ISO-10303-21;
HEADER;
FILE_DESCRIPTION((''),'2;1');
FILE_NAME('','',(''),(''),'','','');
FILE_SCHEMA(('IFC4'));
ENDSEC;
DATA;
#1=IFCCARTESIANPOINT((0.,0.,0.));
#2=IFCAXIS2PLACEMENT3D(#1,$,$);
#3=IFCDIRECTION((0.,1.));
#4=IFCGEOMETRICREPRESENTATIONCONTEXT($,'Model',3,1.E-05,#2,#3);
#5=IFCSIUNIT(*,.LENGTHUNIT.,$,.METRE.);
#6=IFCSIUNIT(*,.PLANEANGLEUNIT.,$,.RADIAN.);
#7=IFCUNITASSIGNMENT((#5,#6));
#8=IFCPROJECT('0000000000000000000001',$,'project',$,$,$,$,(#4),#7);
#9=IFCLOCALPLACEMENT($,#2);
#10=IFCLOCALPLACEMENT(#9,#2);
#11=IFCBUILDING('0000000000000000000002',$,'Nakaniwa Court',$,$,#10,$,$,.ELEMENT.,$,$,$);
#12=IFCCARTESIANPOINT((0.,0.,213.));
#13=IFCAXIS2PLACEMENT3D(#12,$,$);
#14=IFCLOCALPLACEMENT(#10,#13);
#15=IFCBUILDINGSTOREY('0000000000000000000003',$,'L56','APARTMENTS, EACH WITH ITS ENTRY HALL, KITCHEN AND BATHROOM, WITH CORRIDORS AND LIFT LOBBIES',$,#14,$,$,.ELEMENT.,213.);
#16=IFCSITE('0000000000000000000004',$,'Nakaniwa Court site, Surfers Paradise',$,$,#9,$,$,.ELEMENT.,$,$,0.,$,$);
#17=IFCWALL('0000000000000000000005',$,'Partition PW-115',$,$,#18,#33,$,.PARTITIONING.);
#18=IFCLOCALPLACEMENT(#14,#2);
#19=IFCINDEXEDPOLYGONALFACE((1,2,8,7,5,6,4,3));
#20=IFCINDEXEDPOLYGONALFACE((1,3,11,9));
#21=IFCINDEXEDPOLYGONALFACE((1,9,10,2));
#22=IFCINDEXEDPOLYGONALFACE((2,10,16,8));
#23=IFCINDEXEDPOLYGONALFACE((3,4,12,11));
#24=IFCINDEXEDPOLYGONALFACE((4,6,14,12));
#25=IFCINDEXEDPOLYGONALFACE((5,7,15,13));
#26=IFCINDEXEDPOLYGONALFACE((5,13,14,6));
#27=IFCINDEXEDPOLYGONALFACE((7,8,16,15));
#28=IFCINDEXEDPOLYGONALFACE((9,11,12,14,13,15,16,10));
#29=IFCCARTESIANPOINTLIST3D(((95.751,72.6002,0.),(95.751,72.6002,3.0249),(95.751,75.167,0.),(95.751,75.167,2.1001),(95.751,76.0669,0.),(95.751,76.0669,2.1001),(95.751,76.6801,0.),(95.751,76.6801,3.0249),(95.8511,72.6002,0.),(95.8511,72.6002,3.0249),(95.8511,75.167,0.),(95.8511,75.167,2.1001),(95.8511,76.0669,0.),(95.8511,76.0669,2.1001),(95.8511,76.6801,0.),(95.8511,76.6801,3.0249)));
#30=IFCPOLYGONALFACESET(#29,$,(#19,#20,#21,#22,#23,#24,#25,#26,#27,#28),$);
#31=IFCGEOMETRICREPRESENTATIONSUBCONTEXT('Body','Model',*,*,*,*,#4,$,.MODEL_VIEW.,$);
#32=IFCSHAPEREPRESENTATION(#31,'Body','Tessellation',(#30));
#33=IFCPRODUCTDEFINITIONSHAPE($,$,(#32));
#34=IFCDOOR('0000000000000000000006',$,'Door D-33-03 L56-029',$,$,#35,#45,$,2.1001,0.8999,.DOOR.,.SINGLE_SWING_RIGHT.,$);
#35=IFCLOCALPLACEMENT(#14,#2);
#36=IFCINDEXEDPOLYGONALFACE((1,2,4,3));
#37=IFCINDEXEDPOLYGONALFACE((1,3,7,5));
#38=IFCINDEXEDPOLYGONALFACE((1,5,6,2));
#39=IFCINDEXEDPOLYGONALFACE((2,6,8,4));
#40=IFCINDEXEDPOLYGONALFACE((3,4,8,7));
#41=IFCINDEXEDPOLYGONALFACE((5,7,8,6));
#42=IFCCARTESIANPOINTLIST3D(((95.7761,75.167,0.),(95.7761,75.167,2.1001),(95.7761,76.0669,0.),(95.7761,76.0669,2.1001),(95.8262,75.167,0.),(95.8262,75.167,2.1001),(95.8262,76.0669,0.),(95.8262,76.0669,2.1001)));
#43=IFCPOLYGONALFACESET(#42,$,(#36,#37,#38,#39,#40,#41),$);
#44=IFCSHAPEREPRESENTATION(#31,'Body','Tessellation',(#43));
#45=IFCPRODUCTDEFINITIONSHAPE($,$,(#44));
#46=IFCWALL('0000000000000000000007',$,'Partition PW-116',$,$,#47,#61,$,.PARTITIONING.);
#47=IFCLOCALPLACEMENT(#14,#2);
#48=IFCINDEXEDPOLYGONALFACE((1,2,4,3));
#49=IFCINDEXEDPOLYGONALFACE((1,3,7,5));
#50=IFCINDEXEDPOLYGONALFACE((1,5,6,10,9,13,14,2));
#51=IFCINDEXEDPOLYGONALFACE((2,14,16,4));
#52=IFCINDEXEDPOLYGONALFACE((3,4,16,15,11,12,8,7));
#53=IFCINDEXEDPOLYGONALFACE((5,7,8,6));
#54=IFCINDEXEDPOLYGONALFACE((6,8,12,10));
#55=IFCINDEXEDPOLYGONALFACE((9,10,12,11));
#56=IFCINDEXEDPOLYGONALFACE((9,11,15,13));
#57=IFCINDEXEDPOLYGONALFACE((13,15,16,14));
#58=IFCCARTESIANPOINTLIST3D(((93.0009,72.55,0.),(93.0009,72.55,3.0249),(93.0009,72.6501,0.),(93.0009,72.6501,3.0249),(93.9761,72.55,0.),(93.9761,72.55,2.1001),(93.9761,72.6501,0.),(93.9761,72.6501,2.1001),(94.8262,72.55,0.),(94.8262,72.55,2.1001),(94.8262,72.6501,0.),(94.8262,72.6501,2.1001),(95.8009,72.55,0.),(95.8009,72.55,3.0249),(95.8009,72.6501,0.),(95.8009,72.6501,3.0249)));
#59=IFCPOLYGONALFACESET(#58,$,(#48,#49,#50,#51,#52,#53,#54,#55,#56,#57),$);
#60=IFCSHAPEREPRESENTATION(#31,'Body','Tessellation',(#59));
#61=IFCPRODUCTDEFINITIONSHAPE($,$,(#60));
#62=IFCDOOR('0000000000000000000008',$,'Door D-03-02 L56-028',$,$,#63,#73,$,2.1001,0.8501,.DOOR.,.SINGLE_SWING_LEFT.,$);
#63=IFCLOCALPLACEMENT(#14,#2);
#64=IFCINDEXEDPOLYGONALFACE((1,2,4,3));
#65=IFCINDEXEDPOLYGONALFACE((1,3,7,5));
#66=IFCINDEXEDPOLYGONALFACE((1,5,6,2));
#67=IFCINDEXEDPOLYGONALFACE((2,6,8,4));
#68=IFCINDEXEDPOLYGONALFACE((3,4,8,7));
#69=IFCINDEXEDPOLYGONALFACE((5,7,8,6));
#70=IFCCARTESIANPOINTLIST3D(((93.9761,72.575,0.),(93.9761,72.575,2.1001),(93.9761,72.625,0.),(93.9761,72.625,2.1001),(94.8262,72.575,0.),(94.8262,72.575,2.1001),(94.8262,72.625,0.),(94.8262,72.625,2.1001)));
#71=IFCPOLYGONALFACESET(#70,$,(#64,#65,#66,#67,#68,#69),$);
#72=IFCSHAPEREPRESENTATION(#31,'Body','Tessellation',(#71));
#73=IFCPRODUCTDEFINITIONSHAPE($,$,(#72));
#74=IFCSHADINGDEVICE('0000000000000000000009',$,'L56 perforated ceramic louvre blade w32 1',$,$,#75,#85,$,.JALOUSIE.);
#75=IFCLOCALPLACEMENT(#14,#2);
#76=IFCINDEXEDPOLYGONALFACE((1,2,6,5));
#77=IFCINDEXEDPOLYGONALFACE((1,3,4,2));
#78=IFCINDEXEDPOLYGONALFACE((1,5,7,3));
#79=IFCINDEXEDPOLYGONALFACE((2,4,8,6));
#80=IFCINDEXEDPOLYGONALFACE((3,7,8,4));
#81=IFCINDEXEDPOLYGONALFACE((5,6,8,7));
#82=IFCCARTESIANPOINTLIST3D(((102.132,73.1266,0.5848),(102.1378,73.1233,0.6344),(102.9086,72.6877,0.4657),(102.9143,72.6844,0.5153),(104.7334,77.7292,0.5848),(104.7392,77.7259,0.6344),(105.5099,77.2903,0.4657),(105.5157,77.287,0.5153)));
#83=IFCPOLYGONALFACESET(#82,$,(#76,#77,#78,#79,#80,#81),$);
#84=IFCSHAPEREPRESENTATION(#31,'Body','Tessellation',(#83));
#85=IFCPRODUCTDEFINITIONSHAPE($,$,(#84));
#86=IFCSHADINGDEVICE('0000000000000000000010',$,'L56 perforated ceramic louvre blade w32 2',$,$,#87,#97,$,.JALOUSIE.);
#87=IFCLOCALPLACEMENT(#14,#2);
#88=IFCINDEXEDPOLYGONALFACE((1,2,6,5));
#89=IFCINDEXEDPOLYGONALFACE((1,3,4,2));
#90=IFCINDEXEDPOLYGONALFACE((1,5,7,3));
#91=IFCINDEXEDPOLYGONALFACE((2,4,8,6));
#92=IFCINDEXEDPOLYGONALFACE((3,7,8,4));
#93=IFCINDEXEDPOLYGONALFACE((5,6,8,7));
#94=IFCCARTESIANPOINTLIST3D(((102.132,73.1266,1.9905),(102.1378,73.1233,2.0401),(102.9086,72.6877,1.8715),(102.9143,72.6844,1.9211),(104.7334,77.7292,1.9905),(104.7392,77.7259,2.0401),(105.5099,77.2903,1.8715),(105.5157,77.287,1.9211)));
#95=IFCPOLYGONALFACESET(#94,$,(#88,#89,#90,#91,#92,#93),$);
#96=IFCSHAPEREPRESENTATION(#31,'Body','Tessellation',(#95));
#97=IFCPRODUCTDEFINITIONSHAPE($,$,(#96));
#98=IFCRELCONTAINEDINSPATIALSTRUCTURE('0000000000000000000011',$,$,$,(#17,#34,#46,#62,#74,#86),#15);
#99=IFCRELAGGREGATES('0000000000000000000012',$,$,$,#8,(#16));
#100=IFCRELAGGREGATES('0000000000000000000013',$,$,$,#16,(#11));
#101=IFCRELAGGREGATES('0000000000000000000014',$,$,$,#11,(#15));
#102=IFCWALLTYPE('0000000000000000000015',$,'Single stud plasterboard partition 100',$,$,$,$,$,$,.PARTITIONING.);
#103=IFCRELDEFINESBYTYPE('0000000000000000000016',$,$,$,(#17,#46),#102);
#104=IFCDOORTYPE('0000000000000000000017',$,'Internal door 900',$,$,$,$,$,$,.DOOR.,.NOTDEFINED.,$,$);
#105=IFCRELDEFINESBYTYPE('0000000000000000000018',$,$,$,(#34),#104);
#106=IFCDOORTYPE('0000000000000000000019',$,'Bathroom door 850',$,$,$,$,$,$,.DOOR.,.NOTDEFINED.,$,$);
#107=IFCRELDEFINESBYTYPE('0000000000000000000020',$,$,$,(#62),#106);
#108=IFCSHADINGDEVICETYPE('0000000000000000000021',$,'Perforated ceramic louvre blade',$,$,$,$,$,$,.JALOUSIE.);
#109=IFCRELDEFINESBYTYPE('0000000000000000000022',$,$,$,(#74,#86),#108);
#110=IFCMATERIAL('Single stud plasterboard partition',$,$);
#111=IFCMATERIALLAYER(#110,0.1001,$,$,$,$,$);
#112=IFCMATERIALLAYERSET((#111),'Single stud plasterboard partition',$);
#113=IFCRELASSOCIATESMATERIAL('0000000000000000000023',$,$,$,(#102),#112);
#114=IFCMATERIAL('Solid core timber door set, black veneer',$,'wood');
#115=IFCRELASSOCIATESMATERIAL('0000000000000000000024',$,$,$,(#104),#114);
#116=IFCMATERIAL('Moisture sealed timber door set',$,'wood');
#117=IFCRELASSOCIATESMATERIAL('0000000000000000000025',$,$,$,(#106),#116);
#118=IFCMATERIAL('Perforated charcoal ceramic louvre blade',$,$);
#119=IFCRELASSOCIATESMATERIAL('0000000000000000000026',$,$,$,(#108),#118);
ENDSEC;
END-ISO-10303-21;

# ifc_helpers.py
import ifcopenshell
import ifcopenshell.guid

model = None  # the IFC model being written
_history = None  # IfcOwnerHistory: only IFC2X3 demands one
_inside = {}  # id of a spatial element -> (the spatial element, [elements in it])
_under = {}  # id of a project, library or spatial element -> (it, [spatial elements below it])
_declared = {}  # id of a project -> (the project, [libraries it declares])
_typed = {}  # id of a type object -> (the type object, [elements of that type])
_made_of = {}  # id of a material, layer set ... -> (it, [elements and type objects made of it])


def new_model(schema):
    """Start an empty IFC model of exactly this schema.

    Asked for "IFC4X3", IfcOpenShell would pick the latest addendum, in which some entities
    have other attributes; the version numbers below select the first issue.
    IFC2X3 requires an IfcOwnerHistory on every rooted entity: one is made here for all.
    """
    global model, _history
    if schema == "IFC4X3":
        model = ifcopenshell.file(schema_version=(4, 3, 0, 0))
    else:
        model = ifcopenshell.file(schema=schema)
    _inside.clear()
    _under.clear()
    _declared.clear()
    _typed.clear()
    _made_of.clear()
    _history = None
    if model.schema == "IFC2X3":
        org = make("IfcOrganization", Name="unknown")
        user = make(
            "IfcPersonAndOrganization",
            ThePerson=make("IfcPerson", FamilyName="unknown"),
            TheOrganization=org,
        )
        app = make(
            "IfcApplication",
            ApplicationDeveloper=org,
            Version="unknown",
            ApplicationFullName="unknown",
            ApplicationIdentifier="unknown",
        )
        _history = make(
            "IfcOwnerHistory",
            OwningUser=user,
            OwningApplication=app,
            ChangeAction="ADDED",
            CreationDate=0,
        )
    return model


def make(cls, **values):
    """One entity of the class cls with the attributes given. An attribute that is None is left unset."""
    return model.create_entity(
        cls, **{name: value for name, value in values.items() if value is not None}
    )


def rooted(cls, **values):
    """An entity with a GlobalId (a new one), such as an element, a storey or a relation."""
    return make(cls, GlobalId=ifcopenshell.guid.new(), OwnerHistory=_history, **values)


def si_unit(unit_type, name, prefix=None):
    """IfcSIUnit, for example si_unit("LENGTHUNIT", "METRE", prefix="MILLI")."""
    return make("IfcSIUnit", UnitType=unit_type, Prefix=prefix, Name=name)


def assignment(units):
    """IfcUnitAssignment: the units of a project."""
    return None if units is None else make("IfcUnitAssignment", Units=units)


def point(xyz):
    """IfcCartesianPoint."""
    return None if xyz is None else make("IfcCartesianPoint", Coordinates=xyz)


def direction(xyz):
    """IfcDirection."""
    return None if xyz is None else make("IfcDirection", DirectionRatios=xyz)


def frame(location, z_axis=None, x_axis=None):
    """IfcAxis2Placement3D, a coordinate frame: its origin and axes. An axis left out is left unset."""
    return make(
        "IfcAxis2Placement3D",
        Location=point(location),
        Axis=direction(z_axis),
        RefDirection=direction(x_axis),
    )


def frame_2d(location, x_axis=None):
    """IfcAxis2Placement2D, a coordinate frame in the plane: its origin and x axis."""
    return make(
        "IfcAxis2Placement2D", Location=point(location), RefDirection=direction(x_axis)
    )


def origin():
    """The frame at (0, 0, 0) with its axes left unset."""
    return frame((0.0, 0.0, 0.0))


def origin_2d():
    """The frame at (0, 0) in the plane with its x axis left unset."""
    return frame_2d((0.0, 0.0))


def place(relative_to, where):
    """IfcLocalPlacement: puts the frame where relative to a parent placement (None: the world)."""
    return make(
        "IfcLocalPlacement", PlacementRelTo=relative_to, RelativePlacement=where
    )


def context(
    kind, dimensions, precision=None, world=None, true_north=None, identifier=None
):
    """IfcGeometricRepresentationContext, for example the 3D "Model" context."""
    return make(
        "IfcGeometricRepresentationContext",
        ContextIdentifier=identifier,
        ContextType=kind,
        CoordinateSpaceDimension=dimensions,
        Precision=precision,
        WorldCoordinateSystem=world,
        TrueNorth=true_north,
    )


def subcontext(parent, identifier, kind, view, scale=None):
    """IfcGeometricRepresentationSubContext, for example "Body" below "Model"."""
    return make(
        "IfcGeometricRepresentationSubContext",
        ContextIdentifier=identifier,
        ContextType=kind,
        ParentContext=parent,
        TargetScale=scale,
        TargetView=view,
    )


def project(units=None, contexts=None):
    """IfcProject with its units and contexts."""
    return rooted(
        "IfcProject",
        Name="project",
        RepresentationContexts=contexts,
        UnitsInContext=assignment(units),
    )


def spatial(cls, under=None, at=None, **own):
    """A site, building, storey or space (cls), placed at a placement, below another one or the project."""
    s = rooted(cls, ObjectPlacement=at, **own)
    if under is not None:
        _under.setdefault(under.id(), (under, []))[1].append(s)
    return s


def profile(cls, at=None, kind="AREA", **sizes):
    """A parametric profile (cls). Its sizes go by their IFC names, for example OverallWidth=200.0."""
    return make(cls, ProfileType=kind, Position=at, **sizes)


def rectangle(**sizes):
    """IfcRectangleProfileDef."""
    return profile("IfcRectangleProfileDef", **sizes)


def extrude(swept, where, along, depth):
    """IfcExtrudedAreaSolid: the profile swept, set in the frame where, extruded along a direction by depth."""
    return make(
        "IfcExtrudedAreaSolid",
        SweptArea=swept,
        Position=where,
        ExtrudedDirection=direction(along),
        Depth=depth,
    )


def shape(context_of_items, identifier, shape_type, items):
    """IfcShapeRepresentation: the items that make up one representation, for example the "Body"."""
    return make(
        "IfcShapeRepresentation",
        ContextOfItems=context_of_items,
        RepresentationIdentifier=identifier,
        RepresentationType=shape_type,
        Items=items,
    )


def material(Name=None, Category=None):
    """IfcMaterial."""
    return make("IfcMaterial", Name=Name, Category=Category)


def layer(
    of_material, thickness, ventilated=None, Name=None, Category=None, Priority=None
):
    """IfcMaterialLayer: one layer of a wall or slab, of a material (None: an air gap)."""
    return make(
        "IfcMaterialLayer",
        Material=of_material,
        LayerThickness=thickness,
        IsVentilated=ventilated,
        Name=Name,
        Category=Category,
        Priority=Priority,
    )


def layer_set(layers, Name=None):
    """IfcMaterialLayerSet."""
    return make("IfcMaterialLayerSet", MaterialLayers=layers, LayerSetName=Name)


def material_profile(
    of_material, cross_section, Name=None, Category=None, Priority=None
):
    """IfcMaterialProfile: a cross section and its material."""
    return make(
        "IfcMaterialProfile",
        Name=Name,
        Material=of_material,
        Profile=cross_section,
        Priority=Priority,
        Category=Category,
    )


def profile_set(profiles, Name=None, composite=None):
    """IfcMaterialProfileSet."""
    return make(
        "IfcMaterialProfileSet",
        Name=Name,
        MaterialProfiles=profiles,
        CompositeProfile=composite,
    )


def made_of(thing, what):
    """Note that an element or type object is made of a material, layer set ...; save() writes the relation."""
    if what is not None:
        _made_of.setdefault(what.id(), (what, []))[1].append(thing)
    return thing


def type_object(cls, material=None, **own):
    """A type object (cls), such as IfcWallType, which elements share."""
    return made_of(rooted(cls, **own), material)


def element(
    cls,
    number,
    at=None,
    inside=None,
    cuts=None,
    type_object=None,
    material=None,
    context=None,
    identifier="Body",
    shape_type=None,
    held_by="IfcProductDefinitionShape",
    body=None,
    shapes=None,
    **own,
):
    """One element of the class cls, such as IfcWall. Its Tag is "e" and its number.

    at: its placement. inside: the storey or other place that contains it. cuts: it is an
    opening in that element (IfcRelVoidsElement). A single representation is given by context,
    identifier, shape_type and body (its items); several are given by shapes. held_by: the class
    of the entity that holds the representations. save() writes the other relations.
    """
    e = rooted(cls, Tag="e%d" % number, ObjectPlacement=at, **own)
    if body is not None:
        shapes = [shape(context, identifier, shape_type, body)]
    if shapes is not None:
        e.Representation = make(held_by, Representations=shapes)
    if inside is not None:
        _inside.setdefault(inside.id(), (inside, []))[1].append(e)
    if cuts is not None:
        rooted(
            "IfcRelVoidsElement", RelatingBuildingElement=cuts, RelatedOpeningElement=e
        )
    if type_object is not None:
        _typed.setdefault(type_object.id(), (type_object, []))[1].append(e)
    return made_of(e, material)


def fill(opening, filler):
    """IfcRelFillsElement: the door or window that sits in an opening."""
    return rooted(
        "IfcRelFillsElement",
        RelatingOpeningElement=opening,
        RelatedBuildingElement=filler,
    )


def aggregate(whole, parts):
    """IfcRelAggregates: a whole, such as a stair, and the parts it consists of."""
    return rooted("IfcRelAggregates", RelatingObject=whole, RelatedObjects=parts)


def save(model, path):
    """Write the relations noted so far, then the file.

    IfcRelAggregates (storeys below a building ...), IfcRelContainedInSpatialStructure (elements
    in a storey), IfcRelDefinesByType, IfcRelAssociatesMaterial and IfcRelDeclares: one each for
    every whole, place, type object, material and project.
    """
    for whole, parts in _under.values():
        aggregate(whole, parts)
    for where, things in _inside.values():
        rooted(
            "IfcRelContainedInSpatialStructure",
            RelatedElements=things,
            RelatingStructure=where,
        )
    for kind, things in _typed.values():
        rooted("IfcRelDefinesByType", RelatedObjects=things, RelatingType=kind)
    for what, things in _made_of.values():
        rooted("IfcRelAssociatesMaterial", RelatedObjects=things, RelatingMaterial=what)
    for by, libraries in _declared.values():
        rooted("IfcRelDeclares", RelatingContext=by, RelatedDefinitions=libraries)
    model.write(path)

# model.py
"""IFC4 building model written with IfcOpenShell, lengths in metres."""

from ifc_helpers import new_model, si_unit, direction, frame, frame_2d, origin, origin_2d, place, context, subcontext, project, spatial, rectangle, extrude, material, layer, layer_set, material_profile, profile_set, type_object, element, fill, save


model = new_model("IFC4")

# Units and contexts
model_context = context("Model", 3, precision=1e-05, world=origin(), true_north=direction((0.0, 1.0)))
body_context = subcontext(model_context, "Body", "Model", "MODEL_VIEW")
ifc_project = project(units=[si_unit("LENGTHUNIT", "METRE"), si_unit("PLANEANGLEUNIT", "RADIAN")], contexts=[model_context])

# Site, building, storey
site_placement = place(None, origin())
site = spatial("IfcSite", under=ifc_project, at=site_placement, Name="Nakaniwa Court site, Surfers Paradise", CompositionType="ELEMENT", RefElevation=0.0)
building_placement = place(site_placement, origin())
building = spatial("IfcBuilding", under=site, at=building_placement, Name="Nakaniwa Court", CompositionType="ELEMENT")
storey_placement = place(building_placement, frame((0.0, 0.0, 213.0)))
storey = spatial("IfcBuildingStorey", under=building, at=storey_placement, Name="L56", Description="APARTMENTS, EACH WITH ITS ENTRY HALL, KITCHEN AND BATHROOM, WITH CORRIDORS AND LIFT LOBBIES", CompositionType="ELEMENT", Elevation=213.0)

# Shared definitions
ifc_material_1 = material(Name="Single stud plasterboard partition")
ifc_layer_1 = layer(ifc_material_1, 0.1001)
ifc_layer_set_1 = layer_set([ifc_layer_1], Name="Single stud plasterboard partition")
wall_type_1 = type_object("IfcWallType", Name="Single stud plasterboard partition 100", PredefinedType="PARTITIONING", material=ifc_layer_set_1)
ifc_material_2 = material(Name="Solid core timber door set, black veneer", Category="wood")
door_type_1 = type_object("IfcDoorType", Name="Internal door 900", OperationType="NOTDEFINED", PredefinedType="DOOR", material=ifc_material_2)

# Walls, openings, doors
wall_1_placement = place(storey_placement, frame((95.801, 72.6001, 0.0), z_axis=(0.0, 0.0, 1.0), x_axis=(0.0, 1.0, 0.0)))
wall_1 = element("IfcWall", 1, at=wall_1_placement, inside=storey, type_object=wall_type_1, Name="Partition PW-115", PredefinedType="PARTITIONING", context=body_context, shape_type="SweptSolid", body=[
    extrude(rectangle(XDim=4.0798, YDim=0.1001, at=frame_2d((2.04, 0.0))), origin(), (0.0, 0.0, 1.0), 3.0249),
])
opening_1_placement = place(wall_1_placement, frame((2.5669, 0.0, 0.0)))
opening_1 = element("IfcOpeningElement", 2, at=opening_1_placement, cuts=wall_1, PredefinedType="OPENING", context=body_context, shape_type="SweptSolid", body=[
    extrude(rectangle(XDim=0.8999, YDim=2.1001, at=frame_2d((0.45, 1.05))), frame((0.0, 0.0601, 0.0), z_axis=(0.0, -1.0, 0.0), x_axis=(1.0, 0.0, 0.0)), (0.0, 0.0, 1.0), 0.1201),
])
door_1_placement = place(opening_1_placement, origin())
door_1 = element("IfcDoor", 3, at=door_1_placement, inside=storey, type_object=door_type_1, Name="Door D-33-03 L56-029", OperationType="SINGLE_SWING_RIGHT", OverallHeight=2.1001, OverallWidth=0.8999, PredefinedType="DOOR", context=body_context, shape_type="SweptSolid", body=[
    extrude(rectangle(XDim=0.8999, YDim=2.1001, at=frame_2d((0.45, 1.05))), frame((0.0, 0.0249, 0.0), z_axis=(0.0, -1.0, 0.0), x_axis=(1.0, 0.0, 0.0)), (0.0, 0.0, 1.0), 0.05),
])
fill(opening_1, door_1)
wall_2_placement = place(storey_placement, frame((93.001, 72.6001, 0.0), z_axis=(0.0, 0.0, 1.0), x_axis=(1.0, 0.0, 0.0)))
wall_2 = element("IfcWall", 4, at=wall_2_placement, inside=storey, type_object=wall_type_1, Name="Partition PW-116", PredefinedType="PARTITIONING", context=body_context, shape_type="SweptSolid", body=[
    extrude(rectangle(XDim=2.8, YDim=0.1001, at=frame_2d((1.3999, 0.0))), origin(), (0.0, 0.0, 1.0), 3.0249),
])
opening_2_placement = place(wall_2_placement, frame((0.9751, 0.0, 0.0)))
opening_2 = element("IfcOpeningElement", 5, at=opening_2_placement, cuts=wall_2, PredefinedType="OPENING", context=body_context, shape_type="SweptSolid", body=[
    extrude(rectangle(XDim=0.8501, YDim=2.1001, at=frame_2d((0.425, 1.05))), frame((0.0, 0.0601, 0.0), z_axis=(0.0, -1.0, 0.0), x_axis=(1.0, 0.0, 0.0)), (0.0, 0.0, 1.0), 0.1201),
])
ifc_material_3 = material(Name="Moisture sealed timber door set", Category="wood")
door_type_2 = type_object("IfcDoorType", Name="Bathroom door 850", OperationType="NOTDEFINED", PredefinedType="DOOR", material=ifc_material_3)
door_2_placement = place(opening_2_placement, origin())
door_2 = element("IfcDoor", 6, at=door_2_placement, inside=storey, type_object=door_type_2, Name="Door D-03-02 L56-028", OperationType="SINGLE_SWING_LEFT", OverallHeight=2.1001, OverallWidth=0.8501, PredefinedType="DOOR", context=body_context, shape_type="SweptSolid", body=[
    extrude(rectangle(XDim=0.8501, YDim=2.1001, at=frame_2d((0.425, 1.05))), frame((0.0, 0.0249, 0.0), z_axis=(0.0, -1.0, 0.0), x_axis=(1.0, 0.0, 0.0)), (0.0, 0.0, 1.0), 0.05),
])
fill(opening_2, door_2)

# Shading devices
ifc_material_4 = material(Name="Perforated charcoal ceramic louvre blade")
ifc_material_profile_1 = material_profile(ifc_material_4, rectangle(XDim=0.8999, YDim=0.05, at=origin_2d()), Name="Perforated ceramic louvre blade")
ifc_profile_set_1 = profile_set([ifc_material_profile_1], Name="Perforated charcoal ceramic louvre blade")
shading_device_type = type_object("IfcShadingDeviceType", Name="Perforated ceramic louvre blade", PredefinedType="JALOUSIE", material=ifc_profile_set_1)
for number, where, z_axis, x_axis, name in (
    (7, (102.5232, 72.9055, 0.55), (0.492041, 0.870572, 0.0), (-0.862925, 0.487718, 0.132256), "L56 perforated ceramic louvre blade w32 1"),
    (8, (102.5232, 72.9055, 1.9558), (0.492041, 0.870572, 0.0), (-0.862925, 0.487718, 0.132256), "L56 perforated ceramic louvre blade w32 2"),
):
    element("IfcShadingDevice", number, at=place(storey_placement, frame(where, z_axis=z_axis, x_axis=x_axis)), inside=storey, type_object=shading_device_type, Name=name, PredefinedType="JALOUSIE", context=body_context, shape_type="SweptSolid", body=[
        extrude(rectangle(XDim=0.8999, YDim=0.05, at=origin_2d()), origin(), (0.0, 0.0, 1.0), 5.2869),
    ])

save(model, "model.ifc")
